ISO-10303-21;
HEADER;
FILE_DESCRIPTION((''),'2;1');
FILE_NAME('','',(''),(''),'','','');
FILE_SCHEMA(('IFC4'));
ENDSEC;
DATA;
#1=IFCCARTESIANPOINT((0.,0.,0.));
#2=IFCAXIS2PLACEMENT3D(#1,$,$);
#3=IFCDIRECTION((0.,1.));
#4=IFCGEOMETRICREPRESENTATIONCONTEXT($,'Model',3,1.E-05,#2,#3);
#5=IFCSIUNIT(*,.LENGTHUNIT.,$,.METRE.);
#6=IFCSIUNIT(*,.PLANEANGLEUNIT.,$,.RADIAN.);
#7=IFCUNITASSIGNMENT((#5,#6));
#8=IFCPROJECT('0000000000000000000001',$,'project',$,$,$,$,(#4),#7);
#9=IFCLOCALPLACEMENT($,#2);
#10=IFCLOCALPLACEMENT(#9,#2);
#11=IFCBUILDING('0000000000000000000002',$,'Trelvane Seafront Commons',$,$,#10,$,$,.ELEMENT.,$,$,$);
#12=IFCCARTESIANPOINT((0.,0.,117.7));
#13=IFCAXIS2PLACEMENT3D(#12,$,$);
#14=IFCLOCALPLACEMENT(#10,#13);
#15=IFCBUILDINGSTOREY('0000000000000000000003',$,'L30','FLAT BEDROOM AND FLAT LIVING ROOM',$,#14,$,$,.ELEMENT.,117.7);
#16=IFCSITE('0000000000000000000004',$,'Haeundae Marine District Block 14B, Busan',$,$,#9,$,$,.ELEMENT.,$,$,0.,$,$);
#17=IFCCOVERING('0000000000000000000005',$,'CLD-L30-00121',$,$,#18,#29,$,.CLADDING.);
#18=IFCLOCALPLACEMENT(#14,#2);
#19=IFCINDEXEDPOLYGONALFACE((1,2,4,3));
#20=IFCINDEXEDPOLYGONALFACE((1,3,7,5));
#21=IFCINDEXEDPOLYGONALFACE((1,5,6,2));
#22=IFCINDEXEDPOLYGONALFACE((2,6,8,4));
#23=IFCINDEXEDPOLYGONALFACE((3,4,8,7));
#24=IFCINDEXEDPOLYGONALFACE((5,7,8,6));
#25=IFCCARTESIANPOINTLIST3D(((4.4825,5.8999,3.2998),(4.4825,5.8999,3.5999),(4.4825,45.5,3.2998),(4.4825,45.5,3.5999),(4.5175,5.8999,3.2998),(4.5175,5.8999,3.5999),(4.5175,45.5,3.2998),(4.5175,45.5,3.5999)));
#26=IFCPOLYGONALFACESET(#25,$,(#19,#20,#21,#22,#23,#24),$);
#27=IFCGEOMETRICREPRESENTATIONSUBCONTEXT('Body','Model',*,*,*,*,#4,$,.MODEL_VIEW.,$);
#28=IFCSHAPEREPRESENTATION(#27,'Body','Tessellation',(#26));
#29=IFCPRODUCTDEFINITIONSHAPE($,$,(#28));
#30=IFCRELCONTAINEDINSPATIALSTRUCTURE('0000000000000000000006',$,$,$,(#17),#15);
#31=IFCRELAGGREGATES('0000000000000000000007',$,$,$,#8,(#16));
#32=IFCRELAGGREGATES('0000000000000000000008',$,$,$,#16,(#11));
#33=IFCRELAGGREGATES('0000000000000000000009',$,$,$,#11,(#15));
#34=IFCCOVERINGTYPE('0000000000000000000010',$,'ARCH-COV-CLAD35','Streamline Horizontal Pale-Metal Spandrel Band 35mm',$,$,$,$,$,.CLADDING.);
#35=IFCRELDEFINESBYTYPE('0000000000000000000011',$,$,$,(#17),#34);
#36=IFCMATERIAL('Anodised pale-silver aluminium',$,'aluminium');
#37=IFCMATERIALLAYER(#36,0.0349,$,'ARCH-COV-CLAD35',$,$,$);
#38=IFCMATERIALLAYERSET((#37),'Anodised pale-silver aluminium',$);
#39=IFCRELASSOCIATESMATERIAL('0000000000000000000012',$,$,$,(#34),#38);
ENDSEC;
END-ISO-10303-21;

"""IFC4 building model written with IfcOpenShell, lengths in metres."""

from ifc_helpers import new_model, si_unit, direction, frame, origin, origin_2d, place, context, subcontext, project, spatial, rectangle, extrude, source, transform, mapped, material, layer, layer_set, type_object, element, save


model = new_model("IFC4")

# Units and contexts
model_context = context("Model", 3, precision=1e-05, world=origin(), true_north=direction((0.0, 1.0)))
body_context = subcontext(model_context, "Body", "Model", "MODEL_VIEW")
ifc_project = project(units=[si_unit("LENGTHUNIT", "METRE"), si_unit("PLANEANGLEUNIT", "RADIAN")], contexts=[model_context])

# Site, building, storey
site_placement = place(None, origin())
site = spatial("IfcSite", under=ifc_project, at=site_placement, Name="Haeundae Marine District Block 14B, Busan", CompositionType="ELEMENT", RefElevation=0.0)
building_placement = place(site_placement, origin())
building = spatial("IfcBuilding", under=site, at=building_placement, Name="Trelvane Seafront Commons", CompositionType="ELEMENT")
storey_placement = place(building_placement, frame((0.0, 0.0, 117.7)))
storey = spatial("IfcBuildingStorey", under=building, at=storey_placement, Name="L30", Description="FLAT BEDROOM AND FLAT LIVING ROOM", CompositionType="ELEMENT", Elevation=117.7)

# Shared definitions
ifc_material_1 = material(Name="Anodised pale-silver aluminium", Category="aluminium")

# Covering
ifc_layer_1 = layer(ifc_material_1, 0.0349, Name="ARCH-COV-CLAD35")
ifc_layer_set_1 = layer_set([ifc_layer_1], Name="Anodised pale-silver aluminium")
covering_type = type_object("IfcCoveringType", Name="ARCH-COV-CLAD35", Description="Streamline Horizontal Pale-Metal Spandrel Band 35mm", PredefinedType="CLADDING", material=ifc_layer_set_1)
shared_shape_1 = source(origin(), body_context, "Body", "SweptSolid", [
    extrude(rectangle(XDim=39.6001, YDim=0.0349, at=origin_2d()), origin(), (0.0, 0.0, 1.0), 0.3),
])
covering_placement = place(storey_placement, frame((4.5, 25.7, 3.2998), z_axis=(0.0, 0.0, 1.0), x_axis=(0.0, 1.0, 0.0)))
element("IfcCovering", 1, at=covering_placement, inside=storey, type_object=covering_type, Name="CLD-L30-00121", PredefinedType="CLADDING", context=body_context, shape_type="MappedRepresentation", body=[
    mapped(shared_shape_1, transform((0.0, 0.0, 0.0), x_axis=(1.0, 0.0, 0.0), y_axis=(0.0, 1.0, 0.0), z_axis=(0.0, 0.0, 1.0), scale=1.0)),
])

save(model, "model.ifc")
